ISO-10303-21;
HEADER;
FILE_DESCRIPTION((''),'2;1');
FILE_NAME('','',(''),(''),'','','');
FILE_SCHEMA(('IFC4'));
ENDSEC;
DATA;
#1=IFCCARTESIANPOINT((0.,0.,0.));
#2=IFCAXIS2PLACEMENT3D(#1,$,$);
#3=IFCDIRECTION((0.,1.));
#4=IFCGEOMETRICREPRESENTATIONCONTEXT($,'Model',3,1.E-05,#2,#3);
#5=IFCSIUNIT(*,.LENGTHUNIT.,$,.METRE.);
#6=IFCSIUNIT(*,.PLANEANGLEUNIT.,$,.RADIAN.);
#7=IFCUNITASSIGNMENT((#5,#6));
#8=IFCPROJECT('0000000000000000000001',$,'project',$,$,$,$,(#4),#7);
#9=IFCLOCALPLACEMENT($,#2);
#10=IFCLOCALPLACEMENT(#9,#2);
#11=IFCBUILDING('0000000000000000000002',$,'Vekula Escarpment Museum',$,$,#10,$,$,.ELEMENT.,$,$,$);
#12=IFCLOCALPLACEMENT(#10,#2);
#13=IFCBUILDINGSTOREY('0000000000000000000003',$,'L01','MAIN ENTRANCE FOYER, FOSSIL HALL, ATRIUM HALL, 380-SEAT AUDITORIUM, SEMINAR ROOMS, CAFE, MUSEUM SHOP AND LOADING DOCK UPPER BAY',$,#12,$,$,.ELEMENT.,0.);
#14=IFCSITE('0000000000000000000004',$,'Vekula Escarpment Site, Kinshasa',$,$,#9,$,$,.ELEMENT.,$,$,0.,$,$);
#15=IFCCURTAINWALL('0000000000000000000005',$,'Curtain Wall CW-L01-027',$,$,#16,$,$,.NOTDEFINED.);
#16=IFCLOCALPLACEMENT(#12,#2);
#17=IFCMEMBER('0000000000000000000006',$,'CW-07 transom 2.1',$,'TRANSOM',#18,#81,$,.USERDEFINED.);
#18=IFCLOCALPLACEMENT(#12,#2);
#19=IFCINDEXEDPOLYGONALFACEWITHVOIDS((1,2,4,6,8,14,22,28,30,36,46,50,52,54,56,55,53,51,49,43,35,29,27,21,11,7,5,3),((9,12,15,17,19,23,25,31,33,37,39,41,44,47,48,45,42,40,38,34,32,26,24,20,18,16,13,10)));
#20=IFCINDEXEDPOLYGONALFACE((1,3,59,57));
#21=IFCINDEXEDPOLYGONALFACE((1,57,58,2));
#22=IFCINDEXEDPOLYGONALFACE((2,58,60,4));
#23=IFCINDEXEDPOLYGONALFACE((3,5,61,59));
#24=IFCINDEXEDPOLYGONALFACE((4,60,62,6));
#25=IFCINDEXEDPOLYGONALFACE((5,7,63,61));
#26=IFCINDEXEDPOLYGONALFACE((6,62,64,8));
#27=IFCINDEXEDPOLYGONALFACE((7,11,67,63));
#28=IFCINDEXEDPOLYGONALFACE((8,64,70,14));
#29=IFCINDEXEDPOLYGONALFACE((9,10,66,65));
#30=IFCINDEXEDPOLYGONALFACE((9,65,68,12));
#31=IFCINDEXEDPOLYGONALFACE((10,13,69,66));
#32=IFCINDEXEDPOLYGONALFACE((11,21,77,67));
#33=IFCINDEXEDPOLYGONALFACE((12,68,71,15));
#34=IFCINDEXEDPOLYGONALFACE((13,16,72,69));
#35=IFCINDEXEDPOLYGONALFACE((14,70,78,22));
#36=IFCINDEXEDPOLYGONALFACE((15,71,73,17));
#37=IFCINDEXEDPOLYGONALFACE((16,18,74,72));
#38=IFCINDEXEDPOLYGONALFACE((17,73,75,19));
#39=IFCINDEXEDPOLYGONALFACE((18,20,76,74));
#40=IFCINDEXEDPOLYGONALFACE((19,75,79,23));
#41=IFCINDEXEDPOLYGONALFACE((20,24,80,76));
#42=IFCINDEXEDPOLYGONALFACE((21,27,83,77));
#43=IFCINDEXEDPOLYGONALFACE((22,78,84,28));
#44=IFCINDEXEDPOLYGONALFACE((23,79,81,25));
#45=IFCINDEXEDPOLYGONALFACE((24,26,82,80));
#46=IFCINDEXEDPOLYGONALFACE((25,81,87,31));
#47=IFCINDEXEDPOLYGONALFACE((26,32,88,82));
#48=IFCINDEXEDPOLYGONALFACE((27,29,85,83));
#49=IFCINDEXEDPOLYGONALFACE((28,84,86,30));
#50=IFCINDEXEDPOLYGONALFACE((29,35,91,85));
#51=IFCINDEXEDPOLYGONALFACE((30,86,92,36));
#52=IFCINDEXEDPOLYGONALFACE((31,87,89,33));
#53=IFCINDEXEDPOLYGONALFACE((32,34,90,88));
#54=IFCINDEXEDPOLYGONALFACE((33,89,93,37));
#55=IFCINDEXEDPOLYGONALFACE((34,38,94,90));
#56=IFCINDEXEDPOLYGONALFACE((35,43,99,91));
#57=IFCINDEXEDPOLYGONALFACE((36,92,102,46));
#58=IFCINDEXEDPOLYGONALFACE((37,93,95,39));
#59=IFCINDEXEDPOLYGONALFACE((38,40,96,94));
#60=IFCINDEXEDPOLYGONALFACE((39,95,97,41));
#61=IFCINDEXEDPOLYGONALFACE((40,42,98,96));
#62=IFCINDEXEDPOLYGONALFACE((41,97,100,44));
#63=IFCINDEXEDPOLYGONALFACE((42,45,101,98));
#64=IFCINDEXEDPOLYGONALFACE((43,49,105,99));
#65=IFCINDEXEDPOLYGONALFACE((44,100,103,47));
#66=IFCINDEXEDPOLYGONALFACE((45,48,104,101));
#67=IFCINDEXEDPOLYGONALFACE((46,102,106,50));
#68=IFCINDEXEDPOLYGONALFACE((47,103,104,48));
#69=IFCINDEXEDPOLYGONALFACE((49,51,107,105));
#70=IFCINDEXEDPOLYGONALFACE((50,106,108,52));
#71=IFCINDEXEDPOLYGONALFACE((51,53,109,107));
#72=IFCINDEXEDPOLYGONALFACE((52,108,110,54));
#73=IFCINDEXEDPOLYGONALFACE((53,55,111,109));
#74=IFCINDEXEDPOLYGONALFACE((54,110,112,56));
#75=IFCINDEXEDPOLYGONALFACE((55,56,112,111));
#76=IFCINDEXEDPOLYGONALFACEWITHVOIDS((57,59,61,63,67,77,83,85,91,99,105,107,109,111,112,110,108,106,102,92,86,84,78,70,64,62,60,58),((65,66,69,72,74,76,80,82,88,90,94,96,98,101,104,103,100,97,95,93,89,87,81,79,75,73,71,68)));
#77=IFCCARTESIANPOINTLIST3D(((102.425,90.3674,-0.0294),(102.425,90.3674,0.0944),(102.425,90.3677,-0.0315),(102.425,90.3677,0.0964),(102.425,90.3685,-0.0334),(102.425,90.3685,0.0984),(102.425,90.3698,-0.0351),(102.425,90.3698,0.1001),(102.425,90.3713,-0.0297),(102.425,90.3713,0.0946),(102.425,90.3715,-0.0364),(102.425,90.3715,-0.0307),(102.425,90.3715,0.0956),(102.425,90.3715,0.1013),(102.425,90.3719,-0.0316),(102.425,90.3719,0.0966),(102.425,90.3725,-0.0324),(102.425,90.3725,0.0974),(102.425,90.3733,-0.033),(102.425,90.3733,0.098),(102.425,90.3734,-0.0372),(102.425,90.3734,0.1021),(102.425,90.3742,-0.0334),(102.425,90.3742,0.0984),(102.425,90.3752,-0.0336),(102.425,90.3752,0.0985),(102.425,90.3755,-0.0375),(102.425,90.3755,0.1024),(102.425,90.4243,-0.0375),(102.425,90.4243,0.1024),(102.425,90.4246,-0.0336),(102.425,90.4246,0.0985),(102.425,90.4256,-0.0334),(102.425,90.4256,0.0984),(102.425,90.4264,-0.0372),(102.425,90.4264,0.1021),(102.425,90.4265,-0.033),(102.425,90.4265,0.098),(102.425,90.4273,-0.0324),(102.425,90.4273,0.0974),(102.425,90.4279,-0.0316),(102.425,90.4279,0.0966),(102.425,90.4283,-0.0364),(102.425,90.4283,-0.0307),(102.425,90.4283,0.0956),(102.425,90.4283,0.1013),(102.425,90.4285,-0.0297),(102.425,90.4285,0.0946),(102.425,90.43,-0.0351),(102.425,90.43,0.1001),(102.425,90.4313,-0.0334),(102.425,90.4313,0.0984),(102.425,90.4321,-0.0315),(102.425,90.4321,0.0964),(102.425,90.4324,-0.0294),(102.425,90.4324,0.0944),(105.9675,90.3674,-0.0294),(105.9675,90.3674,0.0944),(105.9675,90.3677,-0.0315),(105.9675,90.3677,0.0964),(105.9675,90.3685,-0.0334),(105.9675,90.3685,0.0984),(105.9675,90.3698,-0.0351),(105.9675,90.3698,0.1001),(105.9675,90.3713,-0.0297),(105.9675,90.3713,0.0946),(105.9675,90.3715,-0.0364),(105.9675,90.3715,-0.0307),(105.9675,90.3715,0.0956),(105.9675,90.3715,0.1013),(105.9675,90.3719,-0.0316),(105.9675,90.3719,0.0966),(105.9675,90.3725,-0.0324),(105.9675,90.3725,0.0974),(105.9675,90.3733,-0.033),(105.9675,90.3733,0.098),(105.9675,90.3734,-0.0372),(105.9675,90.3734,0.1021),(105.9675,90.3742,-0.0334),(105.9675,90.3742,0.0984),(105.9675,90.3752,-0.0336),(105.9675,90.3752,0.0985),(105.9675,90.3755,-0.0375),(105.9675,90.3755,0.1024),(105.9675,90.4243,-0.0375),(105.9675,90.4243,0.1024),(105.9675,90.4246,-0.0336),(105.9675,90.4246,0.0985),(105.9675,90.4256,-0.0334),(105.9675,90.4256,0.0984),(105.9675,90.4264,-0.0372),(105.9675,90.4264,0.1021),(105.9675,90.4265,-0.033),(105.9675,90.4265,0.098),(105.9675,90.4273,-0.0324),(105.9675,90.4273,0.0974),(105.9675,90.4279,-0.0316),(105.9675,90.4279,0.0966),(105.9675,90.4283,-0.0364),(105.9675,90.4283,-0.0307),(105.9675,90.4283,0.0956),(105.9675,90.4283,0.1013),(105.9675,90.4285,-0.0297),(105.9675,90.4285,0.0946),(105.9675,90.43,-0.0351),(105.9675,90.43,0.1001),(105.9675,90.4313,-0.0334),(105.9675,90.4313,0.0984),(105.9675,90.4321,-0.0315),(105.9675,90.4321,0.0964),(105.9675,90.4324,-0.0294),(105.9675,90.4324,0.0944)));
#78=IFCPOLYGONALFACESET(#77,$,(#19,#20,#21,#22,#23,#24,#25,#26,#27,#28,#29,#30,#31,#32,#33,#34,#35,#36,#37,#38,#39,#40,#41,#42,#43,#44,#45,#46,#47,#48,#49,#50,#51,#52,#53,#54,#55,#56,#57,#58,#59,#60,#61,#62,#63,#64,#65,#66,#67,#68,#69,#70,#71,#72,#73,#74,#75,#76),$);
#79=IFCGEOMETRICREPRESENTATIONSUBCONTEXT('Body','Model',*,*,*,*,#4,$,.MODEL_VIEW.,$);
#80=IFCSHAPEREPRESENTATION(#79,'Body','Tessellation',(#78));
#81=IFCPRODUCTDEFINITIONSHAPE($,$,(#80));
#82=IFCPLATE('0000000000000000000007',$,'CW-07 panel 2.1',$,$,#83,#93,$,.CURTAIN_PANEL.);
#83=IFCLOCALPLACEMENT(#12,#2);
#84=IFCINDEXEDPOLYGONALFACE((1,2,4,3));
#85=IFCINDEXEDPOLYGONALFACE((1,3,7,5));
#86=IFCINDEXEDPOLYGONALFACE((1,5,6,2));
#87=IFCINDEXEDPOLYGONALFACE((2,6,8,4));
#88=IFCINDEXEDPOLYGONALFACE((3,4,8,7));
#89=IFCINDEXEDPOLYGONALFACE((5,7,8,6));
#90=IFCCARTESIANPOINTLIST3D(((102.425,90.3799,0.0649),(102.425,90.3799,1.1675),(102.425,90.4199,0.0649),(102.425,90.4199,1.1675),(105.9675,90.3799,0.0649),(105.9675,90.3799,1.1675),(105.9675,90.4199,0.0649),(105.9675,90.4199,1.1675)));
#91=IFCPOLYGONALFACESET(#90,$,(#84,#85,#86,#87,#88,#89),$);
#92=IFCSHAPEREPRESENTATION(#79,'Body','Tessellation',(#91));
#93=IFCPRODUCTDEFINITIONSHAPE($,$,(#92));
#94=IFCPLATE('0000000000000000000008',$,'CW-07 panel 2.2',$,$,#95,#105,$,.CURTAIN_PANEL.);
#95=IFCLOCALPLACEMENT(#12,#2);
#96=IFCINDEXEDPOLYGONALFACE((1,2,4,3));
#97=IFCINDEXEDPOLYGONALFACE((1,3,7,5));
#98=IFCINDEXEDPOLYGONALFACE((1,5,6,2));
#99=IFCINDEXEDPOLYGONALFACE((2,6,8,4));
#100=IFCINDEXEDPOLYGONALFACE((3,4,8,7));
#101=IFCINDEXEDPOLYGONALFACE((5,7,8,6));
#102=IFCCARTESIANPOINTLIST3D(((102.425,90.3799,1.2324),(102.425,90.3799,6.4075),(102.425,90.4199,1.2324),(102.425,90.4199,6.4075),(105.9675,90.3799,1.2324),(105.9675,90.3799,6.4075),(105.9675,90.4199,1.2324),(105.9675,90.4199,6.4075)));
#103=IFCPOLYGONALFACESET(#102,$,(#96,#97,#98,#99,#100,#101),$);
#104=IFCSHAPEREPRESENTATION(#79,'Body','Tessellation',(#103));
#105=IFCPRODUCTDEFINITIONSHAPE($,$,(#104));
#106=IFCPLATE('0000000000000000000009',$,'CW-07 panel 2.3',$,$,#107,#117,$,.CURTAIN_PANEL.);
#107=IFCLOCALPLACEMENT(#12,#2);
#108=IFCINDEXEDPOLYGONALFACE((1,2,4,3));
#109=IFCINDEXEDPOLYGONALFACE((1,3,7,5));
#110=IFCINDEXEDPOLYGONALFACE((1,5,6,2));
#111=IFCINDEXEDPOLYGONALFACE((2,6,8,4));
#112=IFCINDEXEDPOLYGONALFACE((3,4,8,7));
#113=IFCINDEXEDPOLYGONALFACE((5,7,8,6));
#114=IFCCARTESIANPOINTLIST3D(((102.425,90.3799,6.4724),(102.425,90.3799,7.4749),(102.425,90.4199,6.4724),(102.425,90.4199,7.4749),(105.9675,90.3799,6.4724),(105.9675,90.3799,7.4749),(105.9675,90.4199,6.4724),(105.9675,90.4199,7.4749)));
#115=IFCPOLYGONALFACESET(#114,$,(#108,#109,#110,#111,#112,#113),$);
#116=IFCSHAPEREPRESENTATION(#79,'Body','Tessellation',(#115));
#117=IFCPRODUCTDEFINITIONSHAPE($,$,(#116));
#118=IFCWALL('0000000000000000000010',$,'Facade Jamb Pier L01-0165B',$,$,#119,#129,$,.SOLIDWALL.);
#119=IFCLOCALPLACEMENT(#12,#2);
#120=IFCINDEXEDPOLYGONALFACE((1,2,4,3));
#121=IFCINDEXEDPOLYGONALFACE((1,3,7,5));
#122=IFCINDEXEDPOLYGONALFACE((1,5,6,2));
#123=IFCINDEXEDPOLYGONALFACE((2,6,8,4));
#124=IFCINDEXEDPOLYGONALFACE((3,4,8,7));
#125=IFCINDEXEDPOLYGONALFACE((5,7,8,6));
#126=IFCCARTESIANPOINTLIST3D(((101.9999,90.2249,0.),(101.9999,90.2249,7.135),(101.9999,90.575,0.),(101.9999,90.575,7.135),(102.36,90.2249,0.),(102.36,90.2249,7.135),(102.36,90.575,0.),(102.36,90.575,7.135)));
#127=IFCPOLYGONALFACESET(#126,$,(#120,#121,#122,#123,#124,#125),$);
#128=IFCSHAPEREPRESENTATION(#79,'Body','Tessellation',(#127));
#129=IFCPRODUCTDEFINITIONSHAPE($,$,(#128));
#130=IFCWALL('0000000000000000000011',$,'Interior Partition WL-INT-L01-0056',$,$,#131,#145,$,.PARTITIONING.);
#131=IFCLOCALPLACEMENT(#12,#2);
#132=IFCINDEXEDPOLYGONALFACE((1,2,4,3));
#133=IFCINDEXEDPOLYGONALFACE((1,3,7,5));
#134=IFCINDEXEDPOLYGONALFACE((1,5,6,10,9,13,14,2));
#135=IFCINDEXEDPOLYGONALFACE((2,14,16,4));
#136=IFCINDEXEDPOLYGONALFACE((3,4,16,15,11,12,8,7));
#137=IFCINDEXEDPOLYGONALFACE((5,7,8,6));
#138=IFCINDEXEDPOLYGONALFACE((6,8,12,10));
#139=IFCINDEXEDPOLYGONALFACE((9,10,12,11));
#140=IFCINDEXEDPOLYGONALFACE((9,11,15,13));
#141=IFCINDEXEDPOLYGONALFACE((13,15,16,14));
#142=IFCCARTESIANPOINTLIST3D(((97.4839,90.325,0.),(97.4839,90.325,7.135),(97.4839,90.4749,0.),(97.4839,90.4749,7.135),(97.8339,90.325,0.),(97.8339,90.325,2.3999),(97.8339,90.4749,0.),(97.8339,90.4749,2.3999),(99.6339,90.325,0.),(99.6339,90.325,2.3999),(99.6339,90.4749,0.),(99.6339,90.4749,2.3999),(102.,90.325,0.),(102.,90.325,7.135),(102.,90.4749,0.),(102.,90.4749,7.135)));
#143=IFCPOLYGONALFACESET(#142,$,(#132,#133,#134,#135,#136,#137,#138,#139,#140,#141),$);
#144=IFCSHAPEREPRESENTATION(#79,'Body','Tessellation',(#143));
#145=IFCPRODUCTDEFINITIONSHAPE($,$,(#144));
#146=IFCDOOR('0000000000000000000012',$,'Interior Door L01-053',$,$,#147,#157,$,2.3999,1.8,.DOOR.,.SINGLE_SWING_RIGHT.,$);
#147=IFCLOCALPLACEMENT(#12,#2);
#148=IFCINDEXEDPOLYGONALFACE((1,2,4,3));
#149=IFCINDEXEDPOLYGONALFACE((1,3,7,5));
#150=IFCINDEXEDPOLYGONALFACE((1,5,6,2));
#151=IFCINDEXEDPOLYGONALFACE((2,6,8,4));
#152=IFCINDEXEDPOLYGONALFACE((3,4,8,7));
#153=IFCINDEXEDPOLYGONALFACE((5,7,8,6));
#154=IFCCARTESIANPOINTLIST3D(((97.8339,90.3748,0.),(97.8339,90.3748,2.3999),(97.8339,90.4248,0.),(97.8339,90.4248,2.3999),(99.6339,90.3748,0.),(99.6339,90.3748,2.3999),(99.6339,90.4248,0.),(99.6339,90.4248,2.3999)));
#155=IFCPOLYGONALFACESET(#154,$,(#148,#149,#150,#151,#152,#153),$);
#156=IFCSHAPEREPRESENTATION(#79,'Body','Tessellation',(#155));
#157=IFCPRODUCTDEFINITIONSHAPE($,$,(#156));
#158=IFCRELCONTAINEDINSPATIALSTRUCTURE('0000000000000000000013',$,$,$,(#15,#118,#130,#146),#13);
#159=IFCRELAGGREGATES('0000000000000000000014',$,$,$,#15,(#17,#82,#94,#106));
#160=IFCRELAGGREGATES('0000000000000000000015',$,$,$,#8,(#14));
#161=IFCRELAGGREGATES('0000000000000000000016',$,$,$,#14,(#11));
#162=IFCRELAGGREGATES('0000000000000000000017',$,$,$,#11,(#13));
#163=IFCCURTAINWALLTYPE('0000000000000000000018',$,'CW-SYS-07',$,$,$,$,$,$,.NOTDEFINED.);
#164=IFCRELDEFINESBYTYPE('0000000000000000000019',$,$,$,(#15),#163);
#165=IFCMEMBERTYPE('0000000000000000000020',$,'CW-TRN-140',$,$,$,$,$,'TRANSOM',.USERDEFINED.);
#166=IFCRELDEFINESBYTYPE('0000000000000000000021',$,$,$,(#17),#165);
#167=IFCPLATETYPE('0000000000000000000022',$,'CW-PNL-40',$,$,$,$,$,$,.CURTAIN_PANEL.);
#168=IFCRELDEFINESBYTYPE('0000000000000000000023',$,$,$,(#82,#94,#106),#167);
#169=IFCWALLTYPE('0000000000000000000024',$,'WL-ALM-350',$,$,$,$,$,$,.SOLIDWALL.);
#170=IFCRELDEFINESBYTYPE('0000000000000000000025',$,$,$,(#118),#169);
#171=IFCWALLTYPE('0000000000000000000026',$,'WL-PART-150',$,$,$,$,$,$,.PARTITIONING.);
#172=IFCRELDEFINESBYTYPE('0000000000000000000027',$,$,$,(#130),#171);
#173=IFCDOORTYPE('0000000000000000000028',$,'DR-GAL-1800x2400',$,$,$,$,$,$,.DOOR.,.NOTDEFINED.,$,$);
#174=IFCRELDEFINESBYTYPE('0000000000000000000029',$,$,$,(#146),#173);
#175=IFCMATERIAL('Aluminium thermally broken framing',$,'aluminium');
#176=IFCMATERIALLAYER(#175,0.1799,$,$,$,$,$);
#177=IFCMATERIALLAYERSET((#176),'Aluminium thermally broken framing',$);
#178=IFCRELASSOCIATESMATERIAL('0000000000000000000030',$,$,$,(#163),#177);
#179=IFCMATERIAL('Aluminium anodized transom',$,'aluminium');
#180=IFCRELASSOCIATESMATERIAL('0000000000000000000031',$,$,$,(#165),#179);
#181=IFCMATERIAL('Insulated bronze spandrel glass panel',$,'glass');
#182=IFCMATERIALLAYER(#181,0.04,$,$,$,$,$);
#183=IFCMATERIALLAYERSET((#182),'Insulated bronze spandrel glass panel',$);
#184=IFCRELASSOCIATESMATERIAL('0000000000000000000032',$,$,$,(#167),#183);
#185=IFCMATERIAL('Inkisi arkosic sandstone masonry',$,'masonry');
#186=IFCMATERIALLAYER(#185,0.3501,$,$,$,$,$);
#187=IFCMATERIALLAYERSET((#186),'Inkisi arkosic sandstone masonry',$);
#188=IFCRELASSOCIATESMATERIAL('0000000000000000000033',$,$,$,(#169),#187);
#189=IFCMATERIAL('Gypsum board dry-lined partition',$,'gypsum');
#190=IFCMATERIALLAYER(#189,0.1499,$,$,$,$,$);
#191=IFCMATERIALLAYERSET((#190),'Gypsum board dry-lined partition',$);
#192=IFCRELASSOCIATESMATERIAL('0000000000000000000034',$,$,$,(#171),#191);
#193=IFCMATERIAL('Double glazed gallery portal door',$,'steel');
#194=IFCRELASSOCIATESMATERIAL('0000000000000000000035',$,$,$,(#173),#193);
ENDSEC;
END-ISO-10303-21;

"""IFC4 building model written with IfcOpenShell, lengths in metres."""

from ifc_helpers import new_model, si_unit, direction, frame, frame_2d, origin, origin_2d, place, context, subcontext, project, spatial, rectangle, hollow_rectangle, extrude, material, layer, layer_set, material_profile, profile_set, type_object, element, fill, aggregate, save


model = new_model("IFC4")

# Units and contexts
model_context = context("Model", 3, precision=1e-05, world=origin(), true_north=direction((0.0, 1.0)))
body_context = subcontext(model_context, "Body", "Model", "MODEL_VIEW")
ifc_project = project(units=[si_unit("LENGTHUNIT", "METRE"), si_unit("PLANEANGLEUNIT", "RADIAN")], contexts=[model_context])

# Site, building, storey
site_placement = place(None, origin())
site = spatial("IfcSite", under=ifc_project, at=site_placement, Name="Vekula Escarpment Site, Kinshasa", CompositionType="ELEMENT", RefElevation=0.0)
building_placement = place(site_placement, origin())
building = spatial("IfcBuilding", under=site, at=building_placement, Name="Vekula Escarpment Museum", CompositionType="ELEMENT")
storey_placement = place(building_placement, origin())
storey = spatial("IfcBuildingStorey", under=building, at=storey_placement, Name="L01", Description="MAIN ENTRANCE FOYER, FOSSIL HALL, ATRIUM HALL, 380-SEAT AUDITORIUM, SEMINAR ROOMS, CAFE, MUSEUM SHOP AND LOADING DOCK UPPER BAY", CompositionType="ELEMENT", Elevation=0.0)

# Curtain wall, member, plates
ifc_material_1 = material(Name="Aluminium thermally broken framing", Category="aluminium")
ifc_layer_1 = layer(ifc_material_1, 0.1799)
ifc_layer_set_1 = layer_set([ifc_layer_1], Name="Aluminium thermally broken framing")
curtain_wall_type = type_object("IfcCurtainWallType", Name="CW-SYS-07", PredefinedType="NOTDEFINED", material=ifc_layer_set_1)
curtain_wall_placement = place(storey_placement, origin())
curtain_wall = element("IfcCurtainWall", 1, at=curtain_wall_placement, inside=storey, type_object=curtain_wall_type, Name="Curtain Wall CW-L01-027", PredefinedType="NOTDEFINED")
ifc_material_2 = material(Name="Aluminium anodized transom", Category="aluminium")
ifc_material_profile_1 = material_profile(ifc_material_2, hollow_rectangle(XDim=0.0649, YDim=0.1399, WallThickness=0.0039, InnerFilletRadius=0.0039, OuterFilletRadius=0.0081, at=origin_2d()), Name="ALU 140x65x4")
ifc_profile_set_1 = profile_set([ifc_material_profile_1], Name="Aluminium anodized transom")
member_type_1 = type_object("IfcMemberType", Name="CW-TRN-140", ElementType="TRANSOM", PredefinedType="USERDEFINED", material=ifc_profile_set_1)
member_1_placement = place(storey_placement, frame((105.9675, 90.3999, 0.0325), z_axis=(-1.0, 0.0, 0.0), x_axis=(0.0, -1.0, 0.0)))
member_1 = element("IfcMember", 2, at=member_1_placement, type_object=member_type_1, Name="CW-07 transom 2.1", ObjectType="TRANSOM", PredefinedType="USERDEFINED", context=body_context, shape_type="SweptSolid", body=[
    extrude(hollow_rectangle(XDim=0.0649, YDim=0.1399, WallThickness=0.0039, InnerFilletRadius=0.0039, OuterFilletRadius=0.0081, at=origin_2d()), origin(), (0.0, 0.0, 1.0), 3.5425),
])
ifc_material_3 = material(Name="Insulated bronze spandrel glass panel", Category="glass")
ifc_layer_2 = layer(ifc_material_3, 0.04)
ifc_layer_set_2 = layer_set([ifc_layer_2], Name="Insulated bronze spandrel glass panel")
plate_type = type_object("IfcPlateType", Name="CW-PNL-40", PredefinedType="CURTAIN_PANEL", material=ifc_layer_set_2)
plate_1_placement = place(storey_placement, frame((104.1963, 90.3999, 0.0649), z_axis=(0.0, 0.0, 1.0), x_axis=(-1.0, 0.0, 0.0)))
plate_1 = element("IfcPlate", 3, at=plate_1_placement, type_object=plate_type, Name="CW-07 panel 2.1", PredefinedType="CURTAIN_PANEL", context=body_context, shape_type="SweptSolid", body=[
    extrude(rectangle(XDim=3.5425, YDim=0.04, at=origin_2d()), origin(), (0.0, 0.0, 1.0), 1.1025),
])
plate_2_placement = place(storey_placement, frame((104.1963, 90.3999, 1.2324), z_axis=(0.0, 0.0, 1.0), x_axis=(-1.0, 0.0, 0.0)))
plate_2 = element("IfcPlate", 4, at=plate_2_placement, type_object=plate_type, Name="CW-07 panel 2.2", PredefinedType="CURTAIN_PANEL", context=body_context, shape_type="SweptSolid", body=[
    extrude(rectangle(XDim=3.5425, YDim=0.04, at=origin_2d()), origin(), (0.0, 0.0, 1.0), 5.175),
])
plate_3_placement = place(storey_placement, frame((104.1963, 90.3999, 6.4724), z_axis=(0.0, 0.0, 1.0), x_axis=(-1.0, 0.0, 0.0)))
plate_3 = element("IfcPlate", 5, at=plate_3_placement, type_object=plate_type, Name="CW-07 panel 2.3", PredefinedType="CURTAIN_PANEL", context=body_context, shape_type="SweptSolid", body=[
    extrude(rectangle(XDim=3.5425, YDim=0.04, at=origin_2d()), origin(), (0.0, 0.0, 1.0), 1.0024),
])
aggregate(curtain_wall, [member_1, plate_1, plate_2, plate_3])

# Wall
ifc_material_4 = material(Name="Inkisi arkosic sandstone masonry", Category="masonry")
ifc_layer_3 = layer(ifc_material_4, 0.3501)
ifc_layer_set_3 = layer_set([ifc_layer_3], Name="Inkisi arkosic sandstone masonry")
wall_type_1 = type_object("IfcWallType", Name="WL-ALM-350", PredefinedType="SOLIDWALL", material=ifc_layer_set_3)
wall_1_placement = place(storey_placement, frame((102.3601, 90.3999, 0.0), z_axis=(0.0, 0.0, 1.0), x_axis=(-1.0, 0.0, 0.0)))
element("IfcWall", 6, at=wall_1_placement, inside=storey, type_object=wall_type_1, Name="Facade Jamb Pier L01-0165B", PredefinedType="SOLIDWALL", context=body_context, shape_type="SweptSolid", body=[
    extrude(rectangle(XDim=0.3601, YDim=0.3501, at=frame_2d((0.1802, 0.0))), origin(), (0.0, 0.0, 1.0), 7.135),
])

# Wall, opening, door
ifc_material_5 = material(Name="Gypsum board dry-lined partition", Category="gypsum")
ifc_layer_4 = layer(ifc_material_5, 0.1499)
ifc_layer_set_4 = layer_set([ifc_layer_4], Name="Gypsum board dry-lined partition")
wall_type_2 = type_object("IfcWallType", Name="WL-PART-150", PredefinedType="PARTITIONING", material=ifc_layer_set_4)
wall_2_placement = place(storey_placement, frame((97.4839, 90.3999, 0.0), z_axis=(0.0, 0.0, 1.0), x_axis=(1.0, 0.0, 0.0)))
wall_2 = element("IfcWall", 7, at=wall_2_placement, inside=storey, type_object=wall_type_2, Name="Interior Partition WL-INT-L01-0056", PredefinedType="PARTITIONING", context=body_context, shape_type="SweptSolid", body=[
    extrude(rectangle(XDim=4.5161, YDim=0.1499, at=frame_2d((2.2581, 0.0))), origin(), (0.0, 0.0, 1.0), 7.135),
])
opening_1_placement = place(wall_2_placement, frame((0.3501, 0.0, 0.0)))
opening_1 = element("IfcOpeningElement", 8, at=opening_1_placement, cuts=wall_2, PredefinedType="OPENING", context=body_context, shape_type="SweptSolid", body=[
    extrude(rectangle(XDim=1.8, YDim=2.3999, at=frame_2d((0.8999, 1.2))), frame((0.0, 0.085, 0.0), z_axis=(0.0, -1.0, 0.0), x_axis=(1.0, 0.0, 0.0)), (0.0, 0.0, 1.0), 0.1699),
])
ifc_material_6 = material(Name="Double glazed gallery portal door", Category="steel")
door_type_1 = type_object("IfcDoorType", Name="DR-GAL-1800x2400", OperationType="NOTDEFINED", PredefinedType="DOOR", material=ifc_material_6)
door_1_placement = place(opening_1_placement, origin())
door_1 = element("IfcDoor", 9, at=door_1_placement, inside=storey, type_object=door_type_1, Name="Interior Door L01-053", OperationType="SINGLE_SWING_RIGHT", OverallHeight=2.3999, OverallWidth=1.8, PredefinedType="DOOR", context=body_context, shape_type="SweptSolid", body=[
    extrude(rectangle(XDim=1.8, YDim=2.3999, at=frame_2d((0.8999, 1.2))), frame((0.0, 0.0249, 0.0), z_axis=(0.0, -1.0, 0.0), x_axis=(1.0, 0.0, 0.0)), (0.0, 0.0, 1.0), 0.05),
])
fill(opening_1, door_1)

save(model, "model.ifc")
